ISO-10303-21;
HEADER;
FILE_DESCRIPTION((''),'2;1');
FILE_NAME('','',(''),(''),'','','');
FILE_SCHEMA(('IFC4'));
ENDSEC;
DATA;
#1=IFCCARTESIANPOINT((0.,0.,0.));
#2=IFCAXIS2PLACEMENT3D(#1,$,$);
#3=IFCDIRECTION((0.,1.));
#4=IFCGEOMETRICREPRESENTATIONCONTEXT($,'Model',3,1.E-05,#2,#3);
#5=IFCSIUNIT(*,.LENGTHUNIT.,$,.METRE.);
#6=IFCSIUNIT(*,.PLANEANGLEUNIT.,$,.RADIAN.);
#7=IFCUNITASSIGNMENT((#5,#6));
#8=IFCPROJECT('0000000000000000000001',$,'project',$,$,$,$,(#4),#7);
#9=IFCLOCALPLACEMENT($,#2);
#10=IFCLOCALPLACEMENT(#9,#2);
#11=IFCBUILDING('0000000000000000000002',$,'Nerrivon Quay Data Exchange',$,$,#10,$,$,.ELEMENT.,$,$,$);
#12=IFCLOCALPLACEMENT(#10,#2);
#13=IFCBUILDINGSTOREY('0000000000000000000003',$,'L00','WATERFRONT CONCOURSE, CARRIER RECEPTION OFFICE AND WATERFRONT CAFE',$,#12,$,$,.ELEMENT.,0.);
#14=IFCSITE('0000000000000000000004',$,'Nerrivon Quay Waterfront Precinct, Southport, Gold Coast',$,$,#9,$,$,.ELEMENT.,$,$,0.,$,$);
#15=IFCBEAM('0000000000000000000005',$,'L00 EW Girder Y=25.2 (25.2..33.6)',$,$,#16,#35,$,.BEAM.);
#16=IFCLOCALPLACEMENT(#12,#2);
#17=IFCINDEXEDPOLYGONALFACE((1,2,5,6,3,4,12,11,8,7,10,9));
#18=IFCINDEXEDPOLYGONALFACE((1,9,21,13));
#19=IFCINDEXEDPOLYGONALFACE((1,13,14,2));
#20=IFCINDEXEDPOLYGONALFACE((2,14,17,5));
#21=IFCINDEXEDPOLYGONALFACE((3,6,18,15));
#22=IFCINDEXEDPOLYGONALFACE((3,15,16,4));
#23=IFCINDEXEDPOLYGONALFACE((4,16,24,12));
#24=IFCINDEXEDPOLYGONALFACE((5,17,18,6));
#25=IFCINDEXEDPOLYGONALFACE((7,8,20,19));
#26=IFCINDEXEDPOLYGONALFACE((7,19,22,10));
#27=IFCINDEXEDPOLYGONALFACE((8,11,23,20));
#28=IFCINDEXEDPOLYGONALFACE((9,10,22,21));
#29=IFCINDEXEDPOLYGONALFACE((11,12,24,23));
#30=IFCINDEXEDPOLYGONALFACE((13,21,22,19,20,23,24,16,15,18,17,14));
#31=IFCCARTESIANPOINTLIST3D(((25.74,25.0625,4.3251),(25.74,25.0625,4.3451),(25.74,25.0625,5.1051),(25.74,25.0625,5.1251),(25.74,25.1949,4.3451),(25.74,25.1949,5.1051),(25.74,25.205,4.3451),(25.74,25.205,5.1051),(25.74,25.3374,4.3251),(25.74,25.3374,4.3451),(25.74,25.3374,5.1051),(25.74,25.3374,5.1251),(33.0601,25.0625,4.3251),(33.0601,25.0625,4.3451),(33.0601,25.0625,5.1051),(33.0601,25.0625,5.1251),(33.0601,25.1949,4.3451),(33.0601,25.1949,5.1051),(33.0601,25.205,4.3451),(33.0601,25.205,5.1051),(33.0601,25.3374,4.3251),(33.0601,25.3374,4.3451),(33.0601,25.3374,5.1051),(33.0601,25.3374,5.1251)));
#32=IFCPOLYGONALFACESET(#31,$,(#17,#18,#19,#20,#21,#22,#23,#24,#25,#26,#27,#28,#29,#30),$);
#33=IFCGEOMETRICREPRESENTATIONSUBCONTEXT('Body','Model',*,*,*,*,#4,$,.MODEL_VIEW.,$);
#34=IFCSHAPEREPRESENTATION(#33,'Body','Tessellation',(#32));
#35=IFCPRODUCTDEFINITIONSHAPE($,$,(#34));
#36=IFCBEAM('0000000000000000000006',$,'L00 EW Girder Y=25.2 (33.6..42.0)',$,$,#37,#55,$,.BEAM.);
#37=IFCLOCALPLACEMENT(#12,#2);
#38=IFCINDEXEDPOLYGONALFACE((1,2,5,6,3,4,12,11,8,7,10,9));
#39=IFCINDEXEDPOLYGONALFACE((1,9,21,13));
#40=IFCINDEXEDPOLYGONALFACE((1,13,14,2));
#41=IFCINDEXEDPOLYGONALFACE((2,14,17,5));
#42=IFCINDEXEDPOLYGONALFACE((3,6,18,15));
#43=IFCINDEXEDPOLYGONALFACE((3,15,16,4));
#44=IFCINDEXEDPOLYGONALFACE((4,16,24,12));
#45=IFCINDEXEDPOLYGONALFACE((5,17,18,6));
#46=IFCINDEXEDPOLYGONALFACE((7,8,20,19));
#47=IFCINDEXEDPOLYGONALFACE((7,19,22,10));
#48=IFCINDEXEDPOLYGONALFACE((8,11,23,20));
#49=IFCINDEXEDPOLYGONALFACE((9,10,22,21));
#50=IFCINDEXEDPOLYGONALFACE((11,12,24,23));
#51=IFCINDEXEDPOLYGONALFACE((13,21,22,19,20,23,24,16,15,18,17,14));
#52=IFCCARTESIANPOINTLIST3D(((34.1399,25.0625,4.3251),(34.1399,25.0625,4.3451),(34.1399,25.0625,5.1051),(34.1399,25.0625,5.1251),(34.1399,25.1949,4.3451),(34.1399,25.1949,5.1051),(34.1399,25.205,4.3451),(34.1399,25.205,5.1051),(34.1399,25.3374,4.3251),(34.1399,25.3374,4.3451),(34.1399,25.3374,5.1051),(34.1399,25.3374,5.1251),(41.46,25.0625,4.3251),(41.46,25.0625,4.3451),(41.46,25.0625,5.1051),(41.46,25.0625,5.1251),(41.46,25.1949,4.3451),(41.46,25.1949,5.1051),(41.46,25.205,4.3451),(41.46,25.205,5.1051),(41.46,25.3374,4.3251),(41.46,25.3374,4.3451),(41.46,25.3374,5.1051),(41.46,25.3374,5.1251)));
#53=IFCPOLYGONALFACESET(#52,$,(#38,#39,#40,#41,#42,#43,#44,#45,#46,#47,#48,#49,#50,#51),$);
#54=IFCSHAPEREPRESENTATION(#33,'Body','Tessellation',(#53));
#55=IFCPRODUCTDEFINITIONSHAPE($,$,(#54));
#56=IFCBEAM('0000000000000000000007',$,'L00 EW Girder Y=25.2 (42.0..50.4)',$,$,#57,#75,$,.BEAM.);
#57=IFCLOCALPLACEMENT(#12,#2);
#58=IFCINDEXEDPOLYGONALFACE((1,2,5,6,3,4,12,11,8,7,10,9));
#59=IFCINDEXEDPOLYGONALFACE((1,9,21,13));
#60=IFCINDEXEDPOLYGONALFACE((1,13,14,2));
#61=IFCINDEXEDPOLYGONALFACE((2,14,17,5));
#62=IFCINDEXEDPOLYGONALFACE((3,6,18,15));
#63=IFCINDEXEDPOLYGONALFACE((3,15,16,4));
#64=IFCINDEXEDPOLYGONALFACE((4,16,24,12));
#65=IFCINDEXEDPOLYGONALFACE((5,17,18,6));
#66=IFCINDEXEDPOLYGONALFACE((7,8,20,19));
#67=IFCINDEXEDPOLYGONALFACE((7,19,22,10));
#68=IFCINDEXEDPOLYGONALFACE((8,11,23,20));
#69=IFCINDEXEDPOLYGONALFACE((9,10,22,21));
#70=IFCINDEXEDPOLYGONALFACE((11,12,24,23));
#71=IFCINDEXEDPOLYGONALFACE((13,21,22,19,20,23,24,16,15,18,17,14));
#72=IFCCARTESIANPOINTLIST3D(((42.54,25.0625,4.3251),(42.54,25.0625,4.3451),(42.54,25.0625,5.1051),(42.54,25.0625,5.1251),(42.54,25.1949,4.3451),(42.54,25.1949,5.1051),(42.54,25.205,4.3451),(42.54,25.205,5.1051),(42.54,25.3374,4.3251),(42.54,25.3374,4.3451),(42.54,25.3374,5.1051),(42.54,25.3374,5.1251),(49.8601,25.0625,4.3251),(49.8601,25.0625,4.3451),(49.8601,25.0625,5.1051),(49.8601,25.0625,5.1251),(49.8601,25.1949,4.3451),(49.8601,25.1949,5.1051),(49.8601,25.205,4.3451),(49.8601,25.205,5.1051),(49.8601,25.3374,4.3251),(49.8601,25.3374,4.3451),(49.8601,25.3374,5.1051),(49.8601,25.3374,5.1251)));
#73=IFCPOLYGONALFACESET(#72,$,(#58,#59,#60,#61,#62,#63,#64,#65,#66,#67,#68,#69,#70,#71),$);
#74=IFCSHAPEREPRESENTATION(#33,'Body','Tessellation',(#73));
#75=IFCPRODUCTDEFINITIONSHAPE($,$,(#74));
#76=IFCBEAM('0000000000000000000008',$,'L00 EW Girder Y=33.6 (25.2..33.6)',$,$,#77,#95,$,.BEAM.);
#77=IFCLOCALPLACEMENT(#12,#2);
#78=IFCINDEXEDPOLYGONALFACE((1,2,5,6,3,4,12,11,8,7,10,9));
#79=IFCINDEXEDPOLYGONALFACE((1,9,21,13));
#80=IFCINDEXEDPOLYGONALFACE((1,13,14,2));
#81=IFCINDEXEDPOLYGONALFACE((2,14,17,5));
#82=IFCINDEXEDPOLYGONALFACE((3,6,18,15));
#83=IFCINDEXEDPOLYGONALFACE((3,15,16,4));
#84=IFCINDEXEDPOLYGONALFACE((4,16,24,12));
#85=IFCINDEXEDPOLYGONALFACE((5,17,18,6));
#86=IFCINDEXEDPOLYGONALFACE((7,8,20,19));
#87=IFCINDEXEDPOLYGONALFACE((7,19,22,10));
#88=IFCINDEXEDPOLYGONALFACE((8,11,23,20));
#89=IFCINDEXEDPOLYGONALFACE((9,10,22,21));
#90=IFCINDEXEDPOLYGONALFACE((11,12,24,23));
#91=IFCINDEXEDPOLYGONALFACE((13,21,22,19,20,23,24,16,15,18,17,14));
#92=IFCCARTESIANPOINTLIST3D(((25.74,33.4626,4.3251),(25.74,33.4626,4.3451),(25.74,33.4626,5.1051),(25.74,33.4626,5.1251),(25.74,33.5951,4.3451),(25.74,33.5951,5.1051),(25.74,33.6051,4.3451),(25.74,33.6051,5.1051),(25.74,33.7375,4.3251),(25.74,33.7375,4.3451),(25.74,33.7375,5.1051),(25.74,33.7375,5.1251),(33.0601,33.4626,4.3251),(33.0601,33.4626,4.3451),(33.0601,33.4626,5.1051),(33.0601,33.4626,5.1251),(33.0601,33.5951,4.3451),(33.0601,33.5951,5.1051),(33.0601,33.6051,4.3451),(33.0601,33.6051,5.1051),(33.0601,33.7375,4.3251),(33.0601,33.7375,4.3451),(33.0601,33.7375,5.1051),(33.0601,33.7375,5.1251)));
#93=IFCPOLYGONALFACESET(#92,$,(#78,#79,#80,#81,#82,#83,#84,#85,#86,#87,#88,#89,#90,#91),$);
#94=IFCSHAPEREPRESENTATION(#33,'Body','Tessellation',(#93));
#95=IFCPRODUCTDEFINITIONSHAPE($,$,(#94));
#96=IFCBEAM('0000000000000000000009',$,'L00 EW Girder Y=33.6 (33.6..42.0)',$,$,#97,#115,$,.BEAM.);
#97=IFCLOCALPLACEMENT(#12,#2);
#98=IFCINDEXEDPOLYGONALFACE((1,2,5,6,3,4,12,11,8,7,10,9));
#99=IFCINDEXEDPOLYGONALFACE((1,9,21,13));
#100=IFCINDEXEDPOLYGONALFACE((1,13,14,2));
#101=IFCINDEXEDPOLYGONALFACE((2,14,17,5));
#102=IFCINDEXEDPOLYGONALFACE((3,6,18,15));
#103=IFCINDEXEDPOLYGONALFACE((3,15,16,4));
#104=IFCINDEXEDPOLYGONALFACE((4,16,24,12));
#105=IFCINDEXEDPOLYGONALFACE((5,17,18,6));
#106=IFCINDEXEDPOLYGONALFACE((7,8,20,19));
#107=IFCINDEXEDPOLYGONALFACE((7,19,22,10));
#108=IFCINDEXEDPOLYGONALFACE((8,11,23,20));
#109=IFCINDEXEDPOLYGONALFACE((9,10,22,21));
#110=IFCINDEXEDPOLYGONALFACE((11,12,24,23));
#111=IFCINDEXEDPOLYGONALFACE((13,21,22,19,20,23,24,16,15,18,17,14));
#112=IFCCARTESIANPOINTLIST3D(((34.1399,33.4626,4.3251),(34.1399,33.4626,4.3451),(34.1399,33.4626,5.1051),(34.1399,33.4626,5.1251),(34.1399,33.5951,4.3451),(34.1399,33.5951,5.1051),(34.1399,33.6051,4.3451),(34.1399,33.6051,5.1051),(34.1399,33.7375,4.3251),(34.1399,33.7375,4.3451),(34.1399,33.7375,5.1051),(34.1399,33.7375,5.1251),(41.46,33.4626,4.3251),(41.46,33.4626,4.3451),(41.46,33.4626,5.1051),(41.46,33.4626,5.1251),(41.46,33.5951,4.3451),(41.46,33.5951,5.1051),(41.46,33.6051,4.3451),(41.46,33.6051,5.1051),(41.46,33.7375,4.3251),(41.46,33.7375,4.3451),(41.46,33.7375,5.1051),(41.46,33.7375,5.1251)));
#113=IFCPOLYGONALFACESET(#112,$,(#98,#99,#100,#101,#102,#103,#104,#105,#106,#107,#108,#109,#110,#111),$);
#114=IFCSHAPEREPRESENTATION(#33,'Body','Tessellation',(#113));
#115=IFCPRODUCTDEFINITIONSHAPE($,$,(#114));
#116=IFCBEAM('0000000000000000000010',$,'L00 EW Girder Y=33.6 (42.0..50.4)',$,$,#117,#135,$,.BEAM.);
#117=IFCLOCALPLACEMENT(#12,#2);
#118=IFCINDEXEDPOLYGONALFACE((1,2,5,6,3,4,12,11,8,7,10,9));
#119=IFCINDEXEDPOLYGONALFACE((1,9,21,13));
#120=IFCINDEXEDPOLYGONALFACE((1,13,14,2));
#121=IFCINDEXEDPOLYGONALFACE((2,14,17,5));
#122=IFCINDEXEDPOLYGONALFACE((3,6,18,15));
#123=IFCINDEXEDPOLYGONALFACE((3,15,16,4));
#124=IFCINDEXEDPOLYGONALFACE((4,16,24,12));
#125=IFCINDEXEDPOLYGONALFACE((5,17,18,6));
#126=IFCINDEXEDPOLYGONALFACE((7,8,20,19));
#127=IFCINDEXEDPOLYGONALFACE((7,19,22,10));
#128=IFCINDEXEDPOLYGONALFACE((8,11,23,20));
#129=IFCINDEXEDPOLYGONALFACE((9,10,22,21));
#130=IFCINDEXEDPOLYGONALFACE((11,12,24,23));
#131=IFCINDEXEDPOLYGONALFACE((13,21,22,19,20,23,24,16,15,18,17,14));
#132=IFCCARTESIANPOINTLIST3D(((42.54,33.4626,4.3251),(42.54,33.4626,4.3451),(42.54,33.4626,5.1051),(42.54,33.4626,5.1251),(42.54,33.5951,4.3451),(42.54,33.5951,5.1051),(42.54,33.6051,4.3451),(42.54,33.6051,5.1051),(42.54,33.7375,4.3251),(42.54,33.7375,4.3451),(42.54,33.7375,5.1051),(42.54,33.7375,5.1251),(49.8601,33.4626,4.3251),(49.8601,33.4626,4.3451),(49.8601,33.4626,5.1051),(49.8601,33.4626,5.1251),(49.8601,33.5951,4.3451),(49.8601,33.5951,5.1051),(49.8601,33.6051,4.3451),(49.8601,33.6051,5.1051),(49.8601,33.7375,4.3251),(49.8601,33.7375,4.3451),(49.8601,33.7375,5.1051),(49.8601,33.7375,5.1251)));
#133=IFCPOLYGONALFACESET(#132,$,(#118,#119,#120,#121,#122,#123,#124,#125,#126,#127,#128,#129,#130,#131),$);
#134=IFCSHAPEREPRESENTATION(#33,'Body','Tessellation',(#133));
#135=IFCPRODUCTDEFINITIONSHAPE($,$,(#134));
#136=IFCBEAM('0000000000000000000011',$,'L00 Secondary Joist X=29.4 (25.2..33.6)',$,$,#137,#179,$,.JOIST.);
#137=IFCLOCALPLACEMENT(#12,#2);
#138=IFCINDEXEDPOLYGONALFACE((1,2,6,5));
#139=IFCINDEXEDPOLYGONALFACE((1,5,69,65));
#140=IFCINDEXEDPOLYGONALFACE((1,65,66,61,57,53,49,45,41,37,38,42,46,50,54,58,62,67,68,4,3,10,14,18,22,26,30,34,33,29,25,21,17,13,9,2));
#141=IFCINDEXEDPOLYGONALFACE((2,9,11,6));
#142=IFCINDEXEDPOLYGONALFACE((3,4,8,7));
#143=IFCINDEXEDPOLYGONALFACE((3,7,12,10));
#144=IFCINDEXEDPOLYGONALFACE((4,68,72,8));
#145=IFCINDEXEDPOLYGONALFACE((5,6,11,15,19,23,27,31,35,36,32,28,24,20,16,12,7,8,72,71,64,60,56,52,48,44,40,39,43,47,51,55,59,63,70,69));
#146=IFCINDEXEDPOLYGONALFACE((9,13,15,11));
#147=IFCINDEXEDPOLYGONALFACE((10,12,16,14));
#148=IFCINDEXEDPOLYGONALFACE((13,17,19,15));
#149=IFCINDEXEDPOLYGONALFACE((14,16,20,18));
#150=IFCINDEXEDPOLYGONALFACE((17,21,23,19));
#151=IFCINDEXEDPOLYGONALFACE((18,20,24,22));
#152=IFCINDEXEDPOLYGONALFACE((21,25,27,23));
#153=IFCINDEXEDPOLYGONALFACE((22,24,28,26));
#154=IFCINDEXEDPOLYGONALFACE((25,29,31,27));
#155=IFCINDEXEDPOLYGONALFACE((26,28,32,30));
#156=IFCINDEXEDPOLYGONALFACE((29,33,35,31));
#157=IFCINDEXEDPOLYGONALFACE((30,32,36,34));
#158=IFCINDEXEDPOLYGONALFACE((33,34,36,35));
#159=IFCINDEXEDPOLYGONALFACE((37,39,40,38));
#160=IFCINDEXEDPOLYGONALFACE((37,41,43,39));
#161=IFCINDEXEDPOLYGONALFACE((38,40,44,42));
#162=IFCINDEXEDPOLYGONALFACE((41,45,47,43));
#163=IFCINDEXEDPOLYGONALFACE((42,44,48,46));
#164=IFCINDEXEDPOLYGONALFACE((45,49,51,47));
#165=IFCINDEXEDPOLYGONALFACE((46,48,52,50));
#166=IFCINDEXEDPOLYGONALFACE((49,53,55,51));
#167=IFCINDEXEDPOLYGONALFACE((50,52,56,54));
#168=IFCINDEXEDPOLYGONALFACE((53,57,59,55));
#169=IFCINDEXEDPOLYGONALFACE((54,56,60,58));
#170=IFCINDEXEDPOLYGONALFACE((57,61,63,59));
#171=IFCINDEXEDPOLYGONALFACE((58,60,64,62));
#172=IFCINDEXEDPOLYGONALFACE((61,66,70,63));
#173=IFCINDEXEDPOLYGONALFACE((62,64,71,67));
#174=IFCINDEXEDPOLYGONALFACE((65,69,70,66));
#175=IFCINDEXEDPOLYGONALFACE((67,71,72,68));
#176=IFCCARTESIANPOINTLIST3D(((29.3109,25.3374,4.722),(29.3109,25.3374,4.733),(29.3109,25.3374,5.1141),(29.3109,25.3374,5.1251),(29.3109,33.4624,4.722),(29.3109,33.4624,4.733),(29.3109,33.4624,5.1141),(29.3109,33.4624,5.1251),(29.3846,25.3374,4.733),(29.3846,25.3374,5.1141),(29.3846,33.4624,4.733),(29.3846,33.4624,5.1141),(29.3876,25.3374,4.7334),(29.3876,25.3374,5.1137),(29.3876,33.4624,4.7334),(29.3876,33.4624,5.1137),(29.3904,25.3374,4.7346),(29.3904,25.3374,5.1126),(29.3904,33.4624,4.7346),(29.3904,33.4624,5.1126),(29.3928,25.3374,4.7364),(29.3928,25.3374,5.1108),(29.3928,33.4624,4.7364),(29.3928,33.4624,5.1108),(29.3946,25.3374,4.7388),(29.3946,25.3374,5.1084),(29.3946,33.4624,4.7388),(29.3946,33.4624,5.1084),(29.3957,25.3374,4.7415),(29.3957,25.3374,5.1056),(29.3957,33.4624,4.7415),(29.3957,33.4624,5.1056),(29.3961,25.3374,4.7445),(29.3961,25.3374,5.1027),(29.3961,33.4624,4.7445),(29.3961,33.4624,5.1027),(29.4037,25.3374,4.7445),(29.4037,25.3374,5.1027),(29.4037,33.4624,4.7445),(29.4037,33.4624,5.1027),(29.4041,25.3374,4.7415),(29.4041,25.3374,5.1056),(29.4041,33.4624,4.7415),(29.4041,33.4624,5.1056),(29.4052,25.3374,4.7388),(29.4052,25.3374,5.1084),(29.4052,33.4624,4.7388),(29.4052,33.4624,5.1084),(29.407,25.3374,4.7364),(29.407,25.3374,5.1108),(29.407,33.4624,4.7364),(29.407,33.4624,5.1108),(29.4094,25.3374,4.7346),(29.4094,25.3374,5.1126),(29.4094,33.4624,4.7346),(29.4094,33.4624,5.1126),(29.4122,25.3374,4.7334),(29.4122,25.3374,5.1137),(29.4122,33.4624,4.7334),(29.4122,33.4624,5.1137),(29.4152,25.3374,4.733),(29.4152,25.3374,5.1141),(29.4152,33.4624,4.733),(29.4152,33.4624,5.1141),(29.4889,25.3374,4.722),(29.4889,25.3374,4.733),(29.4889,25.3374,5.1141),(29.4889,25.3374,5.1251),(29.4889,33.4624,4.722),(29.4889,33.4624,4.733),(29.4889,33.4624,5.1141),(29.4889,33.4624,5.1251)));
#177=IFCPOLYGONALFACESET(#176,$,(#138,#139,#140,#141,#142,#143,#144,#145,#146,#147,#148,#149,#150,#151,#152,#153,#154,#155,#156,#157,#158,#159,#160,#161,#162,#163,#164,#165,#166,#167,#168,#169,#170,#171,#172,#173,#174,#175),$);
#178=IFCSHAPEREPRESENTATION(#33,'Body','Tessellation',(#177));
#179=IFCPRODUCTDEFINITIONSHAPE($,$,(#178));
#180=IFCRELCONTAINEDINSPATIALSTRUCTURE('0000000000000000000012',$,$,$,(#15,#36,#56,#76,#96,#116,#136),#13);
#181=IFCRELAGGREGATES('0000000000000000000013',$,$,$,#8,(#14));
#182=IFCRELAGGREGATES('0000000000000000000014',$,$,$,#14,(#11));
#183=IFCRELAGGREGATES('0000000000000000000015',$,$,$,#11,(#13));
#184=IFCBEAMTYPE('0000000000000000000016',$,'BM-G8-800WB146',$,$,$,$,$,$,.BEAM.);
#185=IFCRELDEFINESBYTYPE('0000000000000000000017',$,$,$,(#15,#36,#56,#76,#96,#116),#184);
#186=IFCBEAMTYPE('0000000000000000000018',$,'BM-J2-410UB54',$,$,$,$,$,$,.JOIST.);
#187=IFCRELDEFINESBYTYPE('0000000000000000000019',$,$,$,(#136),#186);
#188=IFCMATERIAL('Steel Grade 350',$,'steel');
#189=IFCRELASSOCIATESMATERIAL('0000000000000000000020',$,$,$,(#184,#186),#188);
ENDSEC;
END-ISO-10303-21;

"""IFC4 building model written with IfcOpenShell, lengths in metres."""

from ifc_helpers import new_model, si_unit, direction, frame, origin, origin_2d, place, context, subcontext, project, spatial, i_section, extrude, material, material_profile, profile_set, type_object, element, save


model = new_model("IFC4")

# Units and contexts
model_context = context("Model", 3, precision=1e-05, world=origin(), true_north=direction((0.0, 1.0)))
body_context = subcontext(model_context, "Body", "Model", "MODEL_VIEW")
ifc_project = project(units=[si_unit("LENGTHUNIT", "METRE"), si_unit("PLANEANGLEUNIT", "RADIAN")], contexts=[model_context])

# Site, building, storey
site_placement = place(None, origin())
site = spatial("IfcSite", under=ifc_project, at=site_placement, Name="Nerrivon Quay Waterfront Precinct, Southport, Gold Coast", CompositionType="ELEMENT", RefElevation=0.0)
building_placement = place(site_placement, origin())
building = spatial("IfcBuilding", under=site, at=building_placement, Name="Nerrivon Quay Data Exchange", CompositionType="ELEMENT")
storey_placement = place(building_placement, origin())
storey = spatial("IfcBuildingStorey", under=building, at=storey_placement, Name="L00", Description="WATERFRONT CONCOURSE, CARRIER RECEPTION OFFICE AND WATERFRONT CAFE", CompositionType="ELEMENT", Elevation=0.0)

# Beams
ifc_material_1 = material(Name="Steel Grade 350", Category="steel")
ifc_material_profile_1 = material_profile(ifc_material_1, i_section(OverallWidth=0.2749, OverallDepth=0.8, WebThickness=0.01, FlangeThickness=0.02, at=origin_2d()), Name="800WB146")
ifc_profile_set_1 = profile_set([ifc_material_profile_1], Name="Steel Grade 350")
beam_type_1 = type_object("IfcBeamType", Name="BM-G8-800WB146", PredefinedType="BEAM", material=ifc_profile_set_1)
for number, where, z_axis, x_axis, name in (
    (1, (25.74, 25.2, 4.7251), (1.0, 0.0, 0.0), (0.0, 1.0, 0.0), "L00 EW Girder Y=25.2 (25.2..33.6)"),
    (2, (34.1399, 25.2, 4.7251), (1.0, 0.0, 0.0), (0.0, 1.0, 0.0), "L00 EW Girder Y=25.2 (33.6..42.0)"),
    (3, (42.54, 25.2, 4.7251), (1.0, 0.0, 0.0), (0.0, 1.0, 0.0), "L00 EW Girder Y=25.2 (42.0..50.4)"),
    (4, (25.74, 33.6001, 4.7251), (1.0, 0.0, 0.0), (0.0, 1.0, 0.0), "L00 EW Girder Y=33.6 (25.2..33.6)"),
    (5, (34.1399, 33.6001, 4.7251), (1.0, 0.0, 0.0), (0.0, 1.0, 0.0), "L00 EW Girder Y=33.6 (33.6..42.0)"),
    (6, (42.54, 33.6001, 4.7251), (1.0, 0.0, 0.0), (0.0, 1.0, 0.0), "L00 EW Girder Y=33.6 (42.0..50.4)"),
):
    element("IfcBeam", number, at=place(storey_placement, frame(where, z_axis=z_axis, x_axis=x_axis)), inside=storey, type_object=beam_type_1, Name=name, PredefinedType="BEAM", context=body_context, shape_type="SweptSolid", body=[
        extrude(i_section(OverallWidth=0.2749, OverallDepth=0.8, WebThickness=0.01, FlangeThickness=0.02, at=origin_2d()), origin(), (0.0, 0.0, 1.0), 7.3201),
    ])
ifc_material_profile_2 = material_profile(ifc_material_1, i_section(OverallWidth=0.178, OverallDepth=0.4031, WebThickness=0.0076, FlangeThickness=0.011, FilletRadius=0.0115, at=origin_2d()), Name="410UB53.7")
ifc_profile_set_2 = profile_set([ifc_material_profile_2], Name="Steel Grade 350")
beam_type_2 = type_object("IfcBeamType", Name="BM-J2-410UB54", PredefinedType="JOIST", material=ifc_profile_set_2)
for number, where, z_axis, x_axis, name in (
    (7, (29.3999, 25.3374, 4.9236), (0.0, 1.0, 0.0), (-1.0, 0.0, 0.0), "L00 Secondary Joist X=29.4 (25.2..33.6)"),
):
    element("IfcBeam", number, at=place(storey_placement, frame(where, z_axis=z_axis, x_axis=x_axis)), inside=storey, type_object=beam_type_2, Name=name, PredefinedType="JOIST", context=body_context, shape_type="SweptSolid", body=[
        extrude(i_section(OverallWidth=0.178, OverallDepth=0.4031, WebThickness=0.0076, FlangeThickness=0.011, FilletRadius=0.0115, at=origin_2d()), origin(), (0.0, 0.0, 1.0), 8.125),
    ])

save(model, "model.ifc")
